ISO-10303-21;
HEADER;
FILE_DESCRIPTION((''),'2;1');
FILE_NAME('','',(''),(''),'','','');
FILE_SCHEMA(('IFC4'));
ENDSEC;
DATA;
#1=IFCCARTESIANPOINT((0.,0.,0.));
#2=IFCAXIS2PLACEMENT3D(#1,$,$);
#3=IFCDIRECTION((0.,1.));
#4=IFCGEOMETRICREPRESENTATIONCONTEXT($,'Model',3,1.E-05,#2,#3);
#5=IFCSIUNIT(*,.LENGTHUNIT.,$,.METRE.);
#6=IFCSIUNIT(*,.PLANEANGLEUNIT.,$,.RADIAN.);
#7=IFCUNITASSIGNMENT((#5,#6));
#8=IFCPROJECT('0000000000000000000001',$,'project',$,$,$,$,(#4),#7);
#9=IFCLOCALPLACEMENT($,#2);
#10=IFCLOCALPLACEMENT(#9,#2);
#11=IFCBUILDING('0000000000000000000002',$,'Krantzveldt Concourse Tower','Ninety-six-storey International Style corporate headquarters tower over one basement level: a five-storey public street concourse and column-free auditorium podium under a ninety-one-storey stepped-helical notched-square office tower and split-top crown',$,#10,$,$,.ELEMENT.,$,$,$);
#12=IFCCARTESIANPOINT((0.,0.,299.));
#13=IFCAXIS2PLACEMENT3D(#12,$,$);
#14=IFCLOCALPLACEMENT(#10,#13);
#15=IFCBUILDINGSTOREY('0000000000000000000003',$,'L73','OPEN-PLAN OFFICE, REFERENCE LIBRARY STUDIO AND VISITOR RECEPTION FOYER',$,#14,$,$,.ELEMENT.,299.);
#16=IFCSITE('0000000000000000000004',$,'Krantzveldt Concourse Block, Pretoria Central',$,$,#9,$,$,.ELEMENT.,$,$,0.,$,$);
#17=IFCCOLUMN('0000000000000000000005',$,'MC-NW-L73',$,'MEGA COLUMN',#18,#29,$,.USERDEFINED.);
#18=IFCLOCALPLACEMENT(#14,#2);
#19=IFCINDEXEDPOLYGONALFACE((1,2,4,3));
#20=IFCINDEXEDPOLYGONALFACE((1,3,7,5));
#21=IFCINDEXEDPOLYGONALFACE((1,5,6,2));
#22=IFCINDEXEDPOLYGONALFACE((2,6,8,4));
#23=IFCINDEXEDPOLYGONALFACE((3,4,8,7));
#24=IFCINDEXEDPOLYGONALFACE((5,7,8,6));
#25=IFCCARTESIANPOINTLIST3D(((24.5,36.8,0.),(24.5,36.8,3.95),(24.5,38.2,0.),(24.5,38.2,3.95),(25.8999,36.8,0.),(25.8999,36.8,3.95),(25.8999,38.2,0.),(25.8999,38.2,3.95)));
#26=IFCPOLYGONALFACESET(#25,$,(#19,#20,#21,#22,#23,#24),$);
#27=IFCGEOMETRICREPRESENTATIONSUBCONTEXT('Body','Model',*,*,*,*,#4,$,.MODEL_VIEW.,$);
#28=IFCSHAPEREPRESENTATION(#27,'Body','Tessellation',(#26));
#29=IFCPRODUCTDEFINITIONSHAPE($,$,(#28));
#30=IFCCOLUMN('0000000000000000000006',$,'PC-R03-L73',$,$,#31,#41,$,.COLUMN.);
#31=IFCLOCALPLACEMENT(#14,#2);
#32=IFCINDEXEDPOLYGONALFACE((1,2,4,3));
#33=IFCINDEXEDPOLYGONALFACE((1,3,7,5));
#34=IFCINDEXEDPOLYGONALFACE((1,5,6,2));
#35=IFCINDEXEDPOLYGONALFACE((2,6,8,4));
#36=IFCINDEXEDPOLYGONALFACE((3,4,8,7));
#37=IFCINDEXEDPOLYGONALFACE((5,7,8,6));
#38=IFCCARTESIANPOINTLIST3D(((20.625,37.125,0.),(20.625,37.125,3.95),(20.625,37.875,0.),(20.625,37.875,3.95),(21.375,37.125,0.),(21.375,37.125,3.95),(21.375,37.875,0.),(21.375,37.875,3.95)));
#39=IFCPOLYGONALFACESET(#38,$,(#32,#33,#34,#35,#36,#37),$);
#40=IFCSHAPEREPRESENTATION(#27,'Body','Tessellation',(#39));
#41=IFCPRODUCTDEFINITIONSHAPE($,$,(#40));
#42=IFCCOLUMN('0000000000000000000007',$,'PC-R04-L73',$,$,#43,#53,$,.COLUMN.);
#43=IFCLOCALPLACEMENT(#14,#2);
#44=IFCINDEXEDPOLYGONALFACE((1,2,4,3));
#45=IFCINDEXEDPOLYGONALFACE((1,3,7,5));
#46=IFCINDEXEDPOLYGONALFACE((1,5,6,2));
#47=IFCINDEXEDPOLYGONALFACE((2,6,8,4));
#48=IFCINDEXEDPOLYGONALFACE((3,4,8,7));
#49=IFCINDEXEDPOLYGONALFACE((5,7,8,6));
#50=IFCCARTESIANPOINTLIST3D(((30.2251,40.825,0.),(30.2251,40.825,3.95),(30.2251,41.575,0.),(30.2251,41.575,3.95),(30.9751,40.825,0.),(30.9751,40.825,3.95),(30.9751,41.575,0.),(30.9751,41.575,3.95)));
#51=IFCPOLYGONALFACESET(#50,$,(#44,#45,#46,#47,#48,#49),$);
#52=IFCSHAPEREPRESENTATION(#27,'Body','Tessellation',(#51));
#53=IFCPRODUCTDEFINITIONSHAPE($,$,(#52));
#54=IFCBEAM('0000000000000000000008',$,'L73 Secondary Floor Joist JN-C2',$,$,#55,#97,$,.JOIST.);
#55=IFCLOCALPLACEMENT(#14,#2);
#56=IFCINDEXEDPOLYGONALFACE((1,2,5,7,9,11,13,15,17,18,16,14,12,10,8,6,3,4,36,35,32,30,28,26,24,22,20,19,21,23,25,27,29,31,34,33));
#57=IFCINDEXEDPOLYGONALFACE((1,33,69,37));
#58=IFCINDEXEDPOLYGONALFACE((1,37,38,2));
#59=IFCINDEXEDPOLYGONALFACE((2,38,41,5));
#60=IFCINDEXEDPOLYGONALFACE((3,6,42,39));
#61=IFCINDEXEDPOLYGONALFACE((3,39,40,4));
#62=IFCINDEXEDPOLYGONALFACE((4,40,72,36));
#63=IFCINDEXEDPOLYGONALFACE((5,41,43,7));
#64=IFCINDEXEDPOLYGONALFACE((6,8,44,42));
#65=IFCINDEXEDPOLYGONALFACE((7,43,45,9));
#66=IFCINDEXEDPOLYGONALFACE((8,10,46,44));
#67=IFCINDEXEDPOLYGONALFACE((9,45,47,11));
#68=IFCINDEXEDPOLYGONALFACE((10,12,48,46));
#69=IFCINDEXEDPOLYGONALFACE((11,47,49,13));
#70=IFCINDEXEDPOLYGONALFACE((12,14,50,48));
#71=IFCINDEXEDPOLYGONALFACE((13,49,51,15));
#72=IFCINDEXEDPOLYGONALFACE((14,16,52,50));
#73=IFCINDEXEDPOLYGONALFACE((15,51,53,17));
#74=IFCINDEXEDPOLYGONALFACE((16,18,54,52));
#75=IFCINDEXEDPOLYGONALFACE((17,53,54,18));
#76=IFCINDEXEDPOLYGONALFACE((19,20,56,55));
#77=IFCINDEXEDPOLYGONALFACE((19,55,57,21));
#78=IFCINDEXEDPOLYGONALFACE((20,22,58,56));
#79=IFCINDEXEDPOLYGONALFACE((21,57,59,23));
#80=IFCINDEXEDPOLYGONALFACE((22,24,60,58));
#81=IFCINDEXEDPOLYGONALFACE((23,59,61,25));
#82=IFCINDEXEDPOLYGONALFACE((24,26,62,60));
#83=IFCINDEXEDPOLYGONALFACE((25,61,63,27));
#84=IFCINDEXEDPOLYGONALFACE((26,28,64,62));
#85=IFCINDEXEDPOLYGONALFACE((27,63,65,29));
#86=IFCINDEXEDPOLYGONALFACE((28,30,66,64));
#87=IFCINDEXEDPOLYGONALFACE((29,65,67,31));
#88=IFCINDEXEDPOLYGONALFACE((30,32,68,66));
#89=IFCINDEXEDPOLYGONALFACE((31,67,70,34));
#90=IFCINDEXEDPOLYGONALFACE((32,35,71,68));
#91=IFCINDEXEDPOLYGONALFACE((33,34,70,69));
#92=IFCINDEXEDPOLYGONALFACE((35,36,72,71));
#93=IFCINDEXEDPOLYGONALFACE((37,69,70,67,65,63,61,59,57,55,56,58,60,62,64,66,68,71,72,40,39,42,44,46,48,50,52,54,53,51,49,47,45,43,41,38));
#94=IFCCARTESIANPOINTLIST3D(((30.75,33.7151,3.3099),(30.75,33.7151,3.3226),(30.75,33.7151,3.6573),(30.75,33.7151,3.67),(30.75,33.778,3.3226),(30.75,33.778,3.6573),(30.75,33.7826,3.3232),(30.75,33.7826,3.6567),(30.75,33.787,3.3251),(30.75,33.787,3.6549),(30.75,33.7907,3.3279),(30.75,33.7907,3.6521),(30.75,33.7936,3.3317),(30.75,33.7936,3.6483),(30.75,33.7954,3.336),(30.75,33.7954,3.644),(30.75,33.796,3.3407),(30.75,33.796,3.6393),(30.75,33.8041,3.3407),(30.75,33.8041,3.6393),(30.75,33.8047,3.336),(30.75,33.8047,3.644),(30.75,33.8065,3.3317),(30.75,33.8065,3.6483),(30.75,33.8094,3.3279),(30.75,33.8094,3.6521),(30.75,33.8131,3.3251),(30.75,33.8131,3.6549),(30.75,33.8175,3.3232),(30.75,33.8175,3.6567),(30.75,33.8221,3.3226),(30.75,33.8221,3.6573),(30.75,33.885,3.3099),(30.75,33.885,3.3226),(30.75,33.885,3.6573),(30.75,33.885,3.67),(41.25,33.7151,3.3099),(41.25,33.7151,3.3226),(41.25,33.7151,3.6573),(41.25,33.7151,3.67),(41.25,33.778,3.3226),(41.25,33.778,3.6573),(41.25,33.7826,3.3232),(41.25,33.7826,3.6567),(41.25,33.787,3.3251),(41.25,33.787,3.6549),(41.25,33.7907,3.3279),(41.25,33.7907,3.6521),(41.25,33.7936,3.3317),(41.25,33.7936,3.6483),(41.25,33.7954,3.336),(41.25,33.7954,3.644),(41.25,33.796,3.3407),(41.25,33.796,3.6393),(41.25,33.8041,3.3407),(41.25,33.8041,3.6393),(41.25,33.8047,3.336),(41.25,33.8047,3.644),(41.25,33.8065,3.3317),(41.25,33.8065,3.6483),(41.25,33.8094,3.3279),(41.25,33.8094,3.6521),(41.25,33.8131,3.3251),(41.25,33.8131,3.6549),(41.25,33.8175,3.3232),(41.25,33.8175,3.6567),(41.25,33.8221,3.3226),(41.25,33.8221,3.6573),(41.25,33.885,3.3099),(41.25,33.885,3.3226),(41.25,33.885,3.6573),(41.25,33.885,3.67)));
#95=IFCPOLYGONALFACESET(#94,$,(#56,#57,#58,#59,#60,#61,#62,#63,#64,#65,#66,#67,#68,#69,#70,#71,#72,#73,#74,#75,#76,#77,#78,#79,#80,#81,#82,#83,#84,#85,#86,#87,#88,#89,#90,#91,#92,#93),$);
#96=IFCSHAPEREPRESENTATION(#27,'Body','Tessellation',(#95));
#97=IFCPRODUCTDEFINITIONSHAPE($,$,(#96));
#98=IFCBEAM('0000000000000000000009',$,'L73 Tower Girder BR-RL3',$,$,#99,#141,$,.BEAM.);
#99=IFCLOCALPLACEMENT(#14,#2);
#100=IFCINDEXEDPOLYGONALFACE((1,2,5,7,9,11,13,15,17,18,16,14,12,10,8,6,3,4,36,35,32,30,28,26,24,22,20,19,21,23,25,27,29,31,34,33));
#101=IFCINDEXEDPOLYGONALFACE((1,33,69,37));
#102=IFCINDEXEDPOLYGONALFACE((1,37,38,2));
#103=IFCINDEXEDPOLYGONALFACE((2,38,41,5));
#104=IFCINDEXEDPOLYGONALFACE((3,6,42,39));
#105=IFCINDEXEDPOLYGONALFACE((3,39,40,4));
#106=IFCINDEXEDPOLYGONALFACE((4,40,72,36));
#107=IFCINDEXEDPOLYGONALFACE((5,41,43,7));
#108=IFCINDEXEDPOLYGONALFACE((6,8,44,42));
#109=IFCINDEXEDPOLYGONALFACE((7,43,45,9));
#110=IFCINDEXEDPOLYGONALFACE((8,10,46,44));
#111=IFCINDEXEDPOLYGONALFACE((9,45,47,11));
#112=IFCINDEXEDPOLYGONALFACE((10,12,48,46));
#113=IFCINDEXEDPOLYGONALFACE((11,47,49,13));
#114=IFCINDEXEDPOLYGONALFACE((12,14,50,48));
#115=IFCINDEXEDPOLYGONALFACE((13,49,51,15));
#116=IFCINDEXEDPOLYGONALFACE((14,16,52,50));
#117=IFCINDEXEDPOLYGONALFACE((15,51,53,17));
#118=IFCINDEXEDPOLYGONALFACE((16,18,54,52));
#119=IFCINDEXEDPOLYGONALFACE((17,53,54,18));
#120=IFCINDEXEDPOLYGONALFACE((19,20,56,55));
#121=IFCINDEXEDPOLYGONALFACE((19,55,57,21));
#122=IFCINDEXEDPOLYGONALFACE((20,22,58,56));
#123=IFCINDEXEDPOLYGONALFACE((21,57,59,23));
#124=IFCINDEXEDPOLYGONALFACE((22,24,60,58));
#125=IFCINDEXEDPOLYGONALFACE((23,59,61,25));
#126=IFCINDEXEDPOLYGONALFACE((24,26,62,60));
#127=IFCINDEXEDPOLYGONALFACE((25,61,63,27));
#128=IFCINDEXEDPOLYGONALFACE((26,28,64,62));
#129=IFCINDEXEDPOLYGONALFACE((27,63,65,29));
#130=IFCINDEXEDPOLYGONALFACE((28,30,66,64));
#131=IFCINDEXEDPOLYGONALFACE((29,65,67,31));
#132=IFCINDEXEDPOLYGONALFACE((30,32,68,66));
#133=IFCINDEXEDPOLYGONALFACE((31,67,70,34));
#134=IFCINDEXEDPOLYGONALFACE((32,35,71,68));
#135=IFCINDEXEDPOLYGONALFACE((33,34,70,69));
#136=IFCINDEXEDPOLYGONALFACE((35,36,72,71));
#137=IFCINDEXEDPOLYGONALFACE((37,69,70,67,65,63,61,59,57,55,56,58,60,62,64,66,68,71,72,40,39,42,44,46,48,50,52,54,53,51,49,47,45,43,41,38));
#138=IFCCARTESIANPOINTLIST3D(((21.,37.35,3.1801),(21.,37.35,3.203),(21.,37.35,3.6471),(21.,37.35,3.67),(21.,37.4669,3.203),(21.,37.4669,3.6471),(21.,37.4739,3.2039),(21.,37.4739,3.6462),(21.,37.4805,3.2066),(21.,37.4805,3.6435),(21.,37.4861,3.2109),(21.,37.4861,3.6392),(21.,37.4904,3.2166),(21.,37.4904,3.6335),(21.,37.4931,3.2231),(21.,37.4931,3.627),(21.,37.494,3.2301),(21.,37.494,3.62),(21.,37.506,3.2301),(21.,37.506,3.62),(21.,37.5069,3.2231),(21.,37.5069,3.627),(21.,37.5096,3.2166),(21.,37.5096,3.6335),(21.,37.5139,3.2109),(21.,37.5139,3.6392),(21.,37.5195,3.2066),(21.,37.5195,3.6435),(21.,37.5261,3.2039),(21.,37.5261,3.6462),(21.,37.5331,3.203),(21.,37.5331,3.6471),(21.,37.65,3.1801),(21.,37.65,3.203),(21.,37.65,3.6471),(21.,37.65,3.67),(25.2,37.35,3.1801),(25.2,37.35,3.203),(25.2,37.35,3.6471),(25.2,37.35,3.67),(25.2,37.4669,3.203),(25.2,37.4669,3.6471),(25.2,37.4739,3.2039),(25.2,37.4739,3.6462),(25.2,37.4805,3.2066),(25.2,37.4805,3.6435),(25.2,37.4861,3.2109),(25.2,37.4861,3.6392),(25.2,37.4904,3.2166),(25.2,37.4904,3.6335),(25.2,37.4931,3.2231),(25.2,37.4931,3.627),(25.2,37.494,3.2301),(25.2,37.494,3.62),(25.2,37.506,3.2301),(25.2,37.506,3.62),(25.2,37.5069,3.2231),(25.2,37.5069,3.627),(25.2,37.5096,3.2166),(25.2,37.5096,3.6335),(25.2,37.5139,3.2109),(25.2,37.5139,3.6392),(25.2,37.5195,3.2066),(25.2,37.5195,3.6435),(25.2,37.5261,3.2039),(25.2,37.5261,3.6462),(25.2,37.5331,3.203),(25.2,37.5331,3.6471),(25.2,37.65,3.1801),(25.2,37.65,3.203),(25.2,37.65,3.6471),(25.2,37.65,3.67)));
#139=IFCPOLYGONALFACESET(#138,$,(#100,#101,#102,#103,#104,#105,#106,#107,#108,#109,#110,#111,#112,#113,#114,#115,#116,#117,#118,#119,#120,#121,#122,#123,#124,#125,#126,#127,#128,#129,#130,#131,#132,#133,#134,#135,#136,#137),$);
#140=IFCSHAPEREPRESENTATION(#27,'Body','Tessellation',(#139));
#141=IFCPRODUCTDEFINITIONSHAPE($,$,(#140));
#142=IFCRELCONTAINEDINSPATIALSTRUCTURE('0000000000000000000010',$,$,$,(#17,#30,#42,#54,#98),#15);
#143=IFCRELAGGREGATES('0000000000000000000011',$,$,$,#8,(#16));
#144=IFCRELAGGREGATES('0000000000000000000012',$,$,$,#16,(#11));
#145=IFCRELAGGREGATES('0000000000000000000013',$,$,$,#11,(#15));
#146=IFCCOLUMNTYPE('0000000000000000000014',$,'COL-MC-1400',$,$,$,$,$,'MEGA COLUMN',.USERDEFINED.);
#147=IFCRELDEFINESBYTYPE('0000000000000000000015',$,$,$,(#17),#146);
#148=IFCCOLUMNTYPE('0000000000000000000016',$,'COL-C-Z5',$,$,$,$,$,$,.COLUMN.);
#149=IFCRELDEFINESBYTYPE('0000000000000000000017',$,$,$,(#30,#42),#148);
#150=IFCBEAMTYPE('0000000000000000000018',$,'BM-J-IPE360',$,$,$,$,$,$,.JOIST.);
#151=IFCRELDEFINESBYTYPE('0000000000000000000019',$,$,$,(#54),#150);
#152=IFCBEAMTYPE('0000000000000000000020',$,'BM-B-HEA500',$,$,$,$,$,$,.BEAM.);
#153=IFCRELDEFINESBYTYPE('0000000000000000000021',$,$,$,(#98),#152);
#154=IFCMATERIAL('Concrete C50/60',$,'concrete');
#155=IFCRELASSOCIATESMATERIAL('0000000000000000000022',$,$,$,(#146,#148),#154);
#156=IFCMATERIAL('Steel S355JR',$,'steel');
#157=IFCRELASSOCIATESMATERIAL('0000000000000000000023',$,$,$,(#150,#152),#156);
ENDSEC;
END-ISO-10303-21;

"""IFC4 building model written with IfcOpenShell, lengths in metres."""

from ifc_helpers import new_model, si_unit, direction, frame, origin, origin_2d, place, context, subcontext, project, spatial, rectangle, i_section, extrude, source, transform, mapped, material, material_profile, profile_set, type_object, type_shapes, element, save


model = new_model("IFC4")

# Units and contexts
model_context = context("Model", 3, precision=1e-05, world=origin(), true_north=direction((0.0, 1.0)))
body_context = subcontext(model_context, "Body", "Model", "MODEL_VIEW")
ifc_project = project(units=[si_unit("LENGTHUNIT", "METRE"), si_unit("PLANEANGLEUNIT", "RADIAN")], contexts=[model_context])

# Site, building, storey
site_placement = place(None, origin())
site = spatial("IfcSite", under=ifc_project, at=site_placement, Name="Krantzveldt Concourse Block, Pretoria Central", CompositionType="ELEMENT", RefElevation=0.0)
building_placement = place(site_placement, origin())
building = spatial("IfcBuilding", under=site, at=building_placement, Name="Krantzveldt Concourse Tower", Description="Ninety-six-storey International Style corporate headquarters tower over one basement level: a five-storey public street concourse and column-free auditorium podium under a ninety-one-storey stepped-helical notched-square office tower and split-top crown", CompositionType="ELEMENT")
storey_placement = place(building_placement, frame((0.0, 0.0, 299.0)))
storey = spatial("IfcBuildingStorey", under=building, at=storey_placement, Name="L73", Description="OPEN-PLAN OFFICE, REFERENCE LIBRARY STUDIO AND VISITOR RECEPTION FOYER", CompositionType="ELEMENT", Elevation=299.0)

# Columns
ifc_material_1 = material(Name="Concrete C50/60", Category="concrete")
ifc_material_profile_1 = material_profile(ifc_material_1, rectangle(XDim=1.3999, YDim=1.3999, at=origin_2d()), Name="Concrete C50/60", Category="concrete")
ifc_profile_set_1 = profile_set([ifc_material_profile_1], Name="Concrete C50/60 - RC 1400x1400")
column_type_1 = type_object("IfcColumnType", Name="COL-MC-1400", ElementType="MEGA COLUMN", PredefinedType="USERDEFINED", material=ifc_profile_set_1)
shared_shape_1 = source(origin(), body_context, "Body", "SweptSolid", [
    extrude(rectangle(XDim=1.3999, YDim=1.3999, at=origin_2d()), origin(), (0.0, 0.0, 1.0), 3.95),
])
type_shapes(column_type_1, [shared_shape_1])
column_placement = place(storey_placement, frame((25.2, 37.5, 0.0), z_axis=(0.0, 0.0, 1.0), x_axis=(1.0, 0.0, 0.0)))
element("IfcColumn", 1, at=column_placement, inside=storey, type_object=column_type_1, Name="MC-NW-L73", ObjectType="MEGA COLUMN", PredefinedType="USERDEFINED", context=body_context, shape_type="MappedRepresentation", body=[
    mapped(shared_shape_1, transform((0.0, 0.0, 0.0), x_axis=(1.0, 0.0, 0.0), y_axis=(0.0, 1.0, 0.0), z_axis=(0.0, 0.0, 1.0), scale=1.0)),
])
ifc_material_profile_2 = material_profile(ifc_material_1, rectangle(XDim=0.75, YDim=0.75, at=origin_2d()), Name="Concrete C50/60", Category="concrete")
ifc_profile_set_2 = profile_set([ifc_material_profile_2], Name="Concrete C50/60 - RC 750x750")
column_type_2 = type_object("IfcColumnType", Name="COL-C-Z5", PredefinedType="COLUMN", material=ifc_profile_set_2)
shared_shape_2 = source(origin(), body_context, "Body", "SweptSolid", [
    extrude(rectangle(XDim=0.75, YDim=0.75, at=origin_2d()), origin(), (0.0, 0.0, 1.0), 3.95),
])
type_shapes(column_type_2, [shared_shape_2])
for number, where, z_axis, x_axis, name in (
    (2, (21.0, 37.5, 0.0), (0.0, 0.0, 1.0), (1.0, 0.0, 0.0), "PC-R03-L73"),
    (3, (30.6001, 41.2, 0.0), (0.0, 0.0, 1.0), (1.0, 0.0, 0.0), "PC-R04-L73"),
):
    element("IfcColumn", number, at=place(storey_placement, frame(where, z_axis=z_axis, x_axis=x_axis)), inside=storey, type_object=column_type_2, Name=name, PredefinedType="COLUMN", context=body_context, shape_type="MappedRepresentation", body=[
        mapped(shared_shape_2, transform((0.0, 0.0, 0.0), x_axis=(1.0, 0.0, 0.0), y_axis=(0.0, 1.0, 0.0), z_axis=(0.0, 0.0, 1.0), scale=1.0)),
    ])

# Beams
ifc_material_2 = material(Name="Steel S355JR", Category="steel")
ifc_material_profile_3 = material_profile(ifc_material_2, i_section(OverallWidth=0.1699, OverallDepth=0.3601, WebThickness=0.0081, FlangeThickness=0.0127, FilletRadius=0.0181, at=origin_2d()), Name="Steel S355JR", Category="steel")
ifc_profile_set_3 = profile_set([ifc_material_profile_3], Name="Steel S355JR - IPE 360")
beam_type_1 = type_object("IfcBeamType", Name="BM-J-IPE360", PredefinedType="JOIST", material=ifc_profile_set_3)
shared_shape_3 = source(origin(), body_context, "Body", "SweptSolid", [
    extrude(i_section(OverallWidth=0.1699, OverallDepth=0.3601, WebThickness=0.0081, FlangeThickness=0.0127, FilletRadius=0.0181, at=origin_2d()), origin(), (0.0, 0.0, 1.0), 10.5),
])
beam_1_placement = place(storey_placement, frame((30.75, 33.8, 3.49), z_axis=(1.0, 0.0, 0.0), x_axis=(0.0, 1.0, 0.0)))
element("IfcBeam", 4, at=beam_1_placement, inside=storey, type_object=beam_type_1, Name="L73 Secondary Floor Joist JN-C2", PredefinedType="JOIST", context=body_context, shape_type="MappedRepresentation", body=[
    mapped(shared_shape_3, transform((0.0, 0.0, 0.0), x_axis=(1.0, 0.0, 0.0), y_axis=(0.0, 1.0, 0.0), z_axis=(0.0, 0.0, 1.0), scale=1.0)),
])
ifc_material_profile_4 = material_profile(ifc_material_2, i_section(OverallWidth=0.3, OverallDepth=0.49, WebThickness=0.012, FlangeThickness=0.0229, FilletRadius=0.0271, at=origin_2d()), Name="Steel S355JR", Category="steel")
ifc_profile_set_4 = profile_set([ifc_material_profile_4], Name="Steel S355JR - HEA 500")
beam_type_2 = type_object("IfcBeamType", Name="BM-B-HEA500", PredefinedType="BEAM", material=ifc_profile_set_4)
shared_shape_4 = source(origin(), body_context, "Body", "SweptSolid", [
    extrude(i_section(OverallWidth=0.3, OverallDepth=0.49, WebThickness=0.012, FlangeThickness=0.0229, FilletRadius=0.0271, at=origin_2d()), origin(), (0.0, 0.0, 1.0), 4.2),
])
beam_2_placement = place(storey_placement, frame((21.0, 37.5, 3.425), z_axis=(1.0, 0.0, 0.0), x_axis=(0.0, 1.0, 0.0)))
element("IfcBeam", 5, at=beam_2_placement, inside=storey, type_object=beam_type_2, Name="L73 Tower Girder BR-RL3", PredefinedType="BEAM", context=body_context, shape_type="MappedRepresentation", body=[
    mapped(shared_shape_4, transform((0.0, 0.0, 0.0), x_axis=(1.0, 0.0, 0.0), y_axis=(0.0, 1.0, 0.0), z_axis=(0.0, 0.0, 1.0), scale=1.0)),
])

save(model, "model.ifc")
